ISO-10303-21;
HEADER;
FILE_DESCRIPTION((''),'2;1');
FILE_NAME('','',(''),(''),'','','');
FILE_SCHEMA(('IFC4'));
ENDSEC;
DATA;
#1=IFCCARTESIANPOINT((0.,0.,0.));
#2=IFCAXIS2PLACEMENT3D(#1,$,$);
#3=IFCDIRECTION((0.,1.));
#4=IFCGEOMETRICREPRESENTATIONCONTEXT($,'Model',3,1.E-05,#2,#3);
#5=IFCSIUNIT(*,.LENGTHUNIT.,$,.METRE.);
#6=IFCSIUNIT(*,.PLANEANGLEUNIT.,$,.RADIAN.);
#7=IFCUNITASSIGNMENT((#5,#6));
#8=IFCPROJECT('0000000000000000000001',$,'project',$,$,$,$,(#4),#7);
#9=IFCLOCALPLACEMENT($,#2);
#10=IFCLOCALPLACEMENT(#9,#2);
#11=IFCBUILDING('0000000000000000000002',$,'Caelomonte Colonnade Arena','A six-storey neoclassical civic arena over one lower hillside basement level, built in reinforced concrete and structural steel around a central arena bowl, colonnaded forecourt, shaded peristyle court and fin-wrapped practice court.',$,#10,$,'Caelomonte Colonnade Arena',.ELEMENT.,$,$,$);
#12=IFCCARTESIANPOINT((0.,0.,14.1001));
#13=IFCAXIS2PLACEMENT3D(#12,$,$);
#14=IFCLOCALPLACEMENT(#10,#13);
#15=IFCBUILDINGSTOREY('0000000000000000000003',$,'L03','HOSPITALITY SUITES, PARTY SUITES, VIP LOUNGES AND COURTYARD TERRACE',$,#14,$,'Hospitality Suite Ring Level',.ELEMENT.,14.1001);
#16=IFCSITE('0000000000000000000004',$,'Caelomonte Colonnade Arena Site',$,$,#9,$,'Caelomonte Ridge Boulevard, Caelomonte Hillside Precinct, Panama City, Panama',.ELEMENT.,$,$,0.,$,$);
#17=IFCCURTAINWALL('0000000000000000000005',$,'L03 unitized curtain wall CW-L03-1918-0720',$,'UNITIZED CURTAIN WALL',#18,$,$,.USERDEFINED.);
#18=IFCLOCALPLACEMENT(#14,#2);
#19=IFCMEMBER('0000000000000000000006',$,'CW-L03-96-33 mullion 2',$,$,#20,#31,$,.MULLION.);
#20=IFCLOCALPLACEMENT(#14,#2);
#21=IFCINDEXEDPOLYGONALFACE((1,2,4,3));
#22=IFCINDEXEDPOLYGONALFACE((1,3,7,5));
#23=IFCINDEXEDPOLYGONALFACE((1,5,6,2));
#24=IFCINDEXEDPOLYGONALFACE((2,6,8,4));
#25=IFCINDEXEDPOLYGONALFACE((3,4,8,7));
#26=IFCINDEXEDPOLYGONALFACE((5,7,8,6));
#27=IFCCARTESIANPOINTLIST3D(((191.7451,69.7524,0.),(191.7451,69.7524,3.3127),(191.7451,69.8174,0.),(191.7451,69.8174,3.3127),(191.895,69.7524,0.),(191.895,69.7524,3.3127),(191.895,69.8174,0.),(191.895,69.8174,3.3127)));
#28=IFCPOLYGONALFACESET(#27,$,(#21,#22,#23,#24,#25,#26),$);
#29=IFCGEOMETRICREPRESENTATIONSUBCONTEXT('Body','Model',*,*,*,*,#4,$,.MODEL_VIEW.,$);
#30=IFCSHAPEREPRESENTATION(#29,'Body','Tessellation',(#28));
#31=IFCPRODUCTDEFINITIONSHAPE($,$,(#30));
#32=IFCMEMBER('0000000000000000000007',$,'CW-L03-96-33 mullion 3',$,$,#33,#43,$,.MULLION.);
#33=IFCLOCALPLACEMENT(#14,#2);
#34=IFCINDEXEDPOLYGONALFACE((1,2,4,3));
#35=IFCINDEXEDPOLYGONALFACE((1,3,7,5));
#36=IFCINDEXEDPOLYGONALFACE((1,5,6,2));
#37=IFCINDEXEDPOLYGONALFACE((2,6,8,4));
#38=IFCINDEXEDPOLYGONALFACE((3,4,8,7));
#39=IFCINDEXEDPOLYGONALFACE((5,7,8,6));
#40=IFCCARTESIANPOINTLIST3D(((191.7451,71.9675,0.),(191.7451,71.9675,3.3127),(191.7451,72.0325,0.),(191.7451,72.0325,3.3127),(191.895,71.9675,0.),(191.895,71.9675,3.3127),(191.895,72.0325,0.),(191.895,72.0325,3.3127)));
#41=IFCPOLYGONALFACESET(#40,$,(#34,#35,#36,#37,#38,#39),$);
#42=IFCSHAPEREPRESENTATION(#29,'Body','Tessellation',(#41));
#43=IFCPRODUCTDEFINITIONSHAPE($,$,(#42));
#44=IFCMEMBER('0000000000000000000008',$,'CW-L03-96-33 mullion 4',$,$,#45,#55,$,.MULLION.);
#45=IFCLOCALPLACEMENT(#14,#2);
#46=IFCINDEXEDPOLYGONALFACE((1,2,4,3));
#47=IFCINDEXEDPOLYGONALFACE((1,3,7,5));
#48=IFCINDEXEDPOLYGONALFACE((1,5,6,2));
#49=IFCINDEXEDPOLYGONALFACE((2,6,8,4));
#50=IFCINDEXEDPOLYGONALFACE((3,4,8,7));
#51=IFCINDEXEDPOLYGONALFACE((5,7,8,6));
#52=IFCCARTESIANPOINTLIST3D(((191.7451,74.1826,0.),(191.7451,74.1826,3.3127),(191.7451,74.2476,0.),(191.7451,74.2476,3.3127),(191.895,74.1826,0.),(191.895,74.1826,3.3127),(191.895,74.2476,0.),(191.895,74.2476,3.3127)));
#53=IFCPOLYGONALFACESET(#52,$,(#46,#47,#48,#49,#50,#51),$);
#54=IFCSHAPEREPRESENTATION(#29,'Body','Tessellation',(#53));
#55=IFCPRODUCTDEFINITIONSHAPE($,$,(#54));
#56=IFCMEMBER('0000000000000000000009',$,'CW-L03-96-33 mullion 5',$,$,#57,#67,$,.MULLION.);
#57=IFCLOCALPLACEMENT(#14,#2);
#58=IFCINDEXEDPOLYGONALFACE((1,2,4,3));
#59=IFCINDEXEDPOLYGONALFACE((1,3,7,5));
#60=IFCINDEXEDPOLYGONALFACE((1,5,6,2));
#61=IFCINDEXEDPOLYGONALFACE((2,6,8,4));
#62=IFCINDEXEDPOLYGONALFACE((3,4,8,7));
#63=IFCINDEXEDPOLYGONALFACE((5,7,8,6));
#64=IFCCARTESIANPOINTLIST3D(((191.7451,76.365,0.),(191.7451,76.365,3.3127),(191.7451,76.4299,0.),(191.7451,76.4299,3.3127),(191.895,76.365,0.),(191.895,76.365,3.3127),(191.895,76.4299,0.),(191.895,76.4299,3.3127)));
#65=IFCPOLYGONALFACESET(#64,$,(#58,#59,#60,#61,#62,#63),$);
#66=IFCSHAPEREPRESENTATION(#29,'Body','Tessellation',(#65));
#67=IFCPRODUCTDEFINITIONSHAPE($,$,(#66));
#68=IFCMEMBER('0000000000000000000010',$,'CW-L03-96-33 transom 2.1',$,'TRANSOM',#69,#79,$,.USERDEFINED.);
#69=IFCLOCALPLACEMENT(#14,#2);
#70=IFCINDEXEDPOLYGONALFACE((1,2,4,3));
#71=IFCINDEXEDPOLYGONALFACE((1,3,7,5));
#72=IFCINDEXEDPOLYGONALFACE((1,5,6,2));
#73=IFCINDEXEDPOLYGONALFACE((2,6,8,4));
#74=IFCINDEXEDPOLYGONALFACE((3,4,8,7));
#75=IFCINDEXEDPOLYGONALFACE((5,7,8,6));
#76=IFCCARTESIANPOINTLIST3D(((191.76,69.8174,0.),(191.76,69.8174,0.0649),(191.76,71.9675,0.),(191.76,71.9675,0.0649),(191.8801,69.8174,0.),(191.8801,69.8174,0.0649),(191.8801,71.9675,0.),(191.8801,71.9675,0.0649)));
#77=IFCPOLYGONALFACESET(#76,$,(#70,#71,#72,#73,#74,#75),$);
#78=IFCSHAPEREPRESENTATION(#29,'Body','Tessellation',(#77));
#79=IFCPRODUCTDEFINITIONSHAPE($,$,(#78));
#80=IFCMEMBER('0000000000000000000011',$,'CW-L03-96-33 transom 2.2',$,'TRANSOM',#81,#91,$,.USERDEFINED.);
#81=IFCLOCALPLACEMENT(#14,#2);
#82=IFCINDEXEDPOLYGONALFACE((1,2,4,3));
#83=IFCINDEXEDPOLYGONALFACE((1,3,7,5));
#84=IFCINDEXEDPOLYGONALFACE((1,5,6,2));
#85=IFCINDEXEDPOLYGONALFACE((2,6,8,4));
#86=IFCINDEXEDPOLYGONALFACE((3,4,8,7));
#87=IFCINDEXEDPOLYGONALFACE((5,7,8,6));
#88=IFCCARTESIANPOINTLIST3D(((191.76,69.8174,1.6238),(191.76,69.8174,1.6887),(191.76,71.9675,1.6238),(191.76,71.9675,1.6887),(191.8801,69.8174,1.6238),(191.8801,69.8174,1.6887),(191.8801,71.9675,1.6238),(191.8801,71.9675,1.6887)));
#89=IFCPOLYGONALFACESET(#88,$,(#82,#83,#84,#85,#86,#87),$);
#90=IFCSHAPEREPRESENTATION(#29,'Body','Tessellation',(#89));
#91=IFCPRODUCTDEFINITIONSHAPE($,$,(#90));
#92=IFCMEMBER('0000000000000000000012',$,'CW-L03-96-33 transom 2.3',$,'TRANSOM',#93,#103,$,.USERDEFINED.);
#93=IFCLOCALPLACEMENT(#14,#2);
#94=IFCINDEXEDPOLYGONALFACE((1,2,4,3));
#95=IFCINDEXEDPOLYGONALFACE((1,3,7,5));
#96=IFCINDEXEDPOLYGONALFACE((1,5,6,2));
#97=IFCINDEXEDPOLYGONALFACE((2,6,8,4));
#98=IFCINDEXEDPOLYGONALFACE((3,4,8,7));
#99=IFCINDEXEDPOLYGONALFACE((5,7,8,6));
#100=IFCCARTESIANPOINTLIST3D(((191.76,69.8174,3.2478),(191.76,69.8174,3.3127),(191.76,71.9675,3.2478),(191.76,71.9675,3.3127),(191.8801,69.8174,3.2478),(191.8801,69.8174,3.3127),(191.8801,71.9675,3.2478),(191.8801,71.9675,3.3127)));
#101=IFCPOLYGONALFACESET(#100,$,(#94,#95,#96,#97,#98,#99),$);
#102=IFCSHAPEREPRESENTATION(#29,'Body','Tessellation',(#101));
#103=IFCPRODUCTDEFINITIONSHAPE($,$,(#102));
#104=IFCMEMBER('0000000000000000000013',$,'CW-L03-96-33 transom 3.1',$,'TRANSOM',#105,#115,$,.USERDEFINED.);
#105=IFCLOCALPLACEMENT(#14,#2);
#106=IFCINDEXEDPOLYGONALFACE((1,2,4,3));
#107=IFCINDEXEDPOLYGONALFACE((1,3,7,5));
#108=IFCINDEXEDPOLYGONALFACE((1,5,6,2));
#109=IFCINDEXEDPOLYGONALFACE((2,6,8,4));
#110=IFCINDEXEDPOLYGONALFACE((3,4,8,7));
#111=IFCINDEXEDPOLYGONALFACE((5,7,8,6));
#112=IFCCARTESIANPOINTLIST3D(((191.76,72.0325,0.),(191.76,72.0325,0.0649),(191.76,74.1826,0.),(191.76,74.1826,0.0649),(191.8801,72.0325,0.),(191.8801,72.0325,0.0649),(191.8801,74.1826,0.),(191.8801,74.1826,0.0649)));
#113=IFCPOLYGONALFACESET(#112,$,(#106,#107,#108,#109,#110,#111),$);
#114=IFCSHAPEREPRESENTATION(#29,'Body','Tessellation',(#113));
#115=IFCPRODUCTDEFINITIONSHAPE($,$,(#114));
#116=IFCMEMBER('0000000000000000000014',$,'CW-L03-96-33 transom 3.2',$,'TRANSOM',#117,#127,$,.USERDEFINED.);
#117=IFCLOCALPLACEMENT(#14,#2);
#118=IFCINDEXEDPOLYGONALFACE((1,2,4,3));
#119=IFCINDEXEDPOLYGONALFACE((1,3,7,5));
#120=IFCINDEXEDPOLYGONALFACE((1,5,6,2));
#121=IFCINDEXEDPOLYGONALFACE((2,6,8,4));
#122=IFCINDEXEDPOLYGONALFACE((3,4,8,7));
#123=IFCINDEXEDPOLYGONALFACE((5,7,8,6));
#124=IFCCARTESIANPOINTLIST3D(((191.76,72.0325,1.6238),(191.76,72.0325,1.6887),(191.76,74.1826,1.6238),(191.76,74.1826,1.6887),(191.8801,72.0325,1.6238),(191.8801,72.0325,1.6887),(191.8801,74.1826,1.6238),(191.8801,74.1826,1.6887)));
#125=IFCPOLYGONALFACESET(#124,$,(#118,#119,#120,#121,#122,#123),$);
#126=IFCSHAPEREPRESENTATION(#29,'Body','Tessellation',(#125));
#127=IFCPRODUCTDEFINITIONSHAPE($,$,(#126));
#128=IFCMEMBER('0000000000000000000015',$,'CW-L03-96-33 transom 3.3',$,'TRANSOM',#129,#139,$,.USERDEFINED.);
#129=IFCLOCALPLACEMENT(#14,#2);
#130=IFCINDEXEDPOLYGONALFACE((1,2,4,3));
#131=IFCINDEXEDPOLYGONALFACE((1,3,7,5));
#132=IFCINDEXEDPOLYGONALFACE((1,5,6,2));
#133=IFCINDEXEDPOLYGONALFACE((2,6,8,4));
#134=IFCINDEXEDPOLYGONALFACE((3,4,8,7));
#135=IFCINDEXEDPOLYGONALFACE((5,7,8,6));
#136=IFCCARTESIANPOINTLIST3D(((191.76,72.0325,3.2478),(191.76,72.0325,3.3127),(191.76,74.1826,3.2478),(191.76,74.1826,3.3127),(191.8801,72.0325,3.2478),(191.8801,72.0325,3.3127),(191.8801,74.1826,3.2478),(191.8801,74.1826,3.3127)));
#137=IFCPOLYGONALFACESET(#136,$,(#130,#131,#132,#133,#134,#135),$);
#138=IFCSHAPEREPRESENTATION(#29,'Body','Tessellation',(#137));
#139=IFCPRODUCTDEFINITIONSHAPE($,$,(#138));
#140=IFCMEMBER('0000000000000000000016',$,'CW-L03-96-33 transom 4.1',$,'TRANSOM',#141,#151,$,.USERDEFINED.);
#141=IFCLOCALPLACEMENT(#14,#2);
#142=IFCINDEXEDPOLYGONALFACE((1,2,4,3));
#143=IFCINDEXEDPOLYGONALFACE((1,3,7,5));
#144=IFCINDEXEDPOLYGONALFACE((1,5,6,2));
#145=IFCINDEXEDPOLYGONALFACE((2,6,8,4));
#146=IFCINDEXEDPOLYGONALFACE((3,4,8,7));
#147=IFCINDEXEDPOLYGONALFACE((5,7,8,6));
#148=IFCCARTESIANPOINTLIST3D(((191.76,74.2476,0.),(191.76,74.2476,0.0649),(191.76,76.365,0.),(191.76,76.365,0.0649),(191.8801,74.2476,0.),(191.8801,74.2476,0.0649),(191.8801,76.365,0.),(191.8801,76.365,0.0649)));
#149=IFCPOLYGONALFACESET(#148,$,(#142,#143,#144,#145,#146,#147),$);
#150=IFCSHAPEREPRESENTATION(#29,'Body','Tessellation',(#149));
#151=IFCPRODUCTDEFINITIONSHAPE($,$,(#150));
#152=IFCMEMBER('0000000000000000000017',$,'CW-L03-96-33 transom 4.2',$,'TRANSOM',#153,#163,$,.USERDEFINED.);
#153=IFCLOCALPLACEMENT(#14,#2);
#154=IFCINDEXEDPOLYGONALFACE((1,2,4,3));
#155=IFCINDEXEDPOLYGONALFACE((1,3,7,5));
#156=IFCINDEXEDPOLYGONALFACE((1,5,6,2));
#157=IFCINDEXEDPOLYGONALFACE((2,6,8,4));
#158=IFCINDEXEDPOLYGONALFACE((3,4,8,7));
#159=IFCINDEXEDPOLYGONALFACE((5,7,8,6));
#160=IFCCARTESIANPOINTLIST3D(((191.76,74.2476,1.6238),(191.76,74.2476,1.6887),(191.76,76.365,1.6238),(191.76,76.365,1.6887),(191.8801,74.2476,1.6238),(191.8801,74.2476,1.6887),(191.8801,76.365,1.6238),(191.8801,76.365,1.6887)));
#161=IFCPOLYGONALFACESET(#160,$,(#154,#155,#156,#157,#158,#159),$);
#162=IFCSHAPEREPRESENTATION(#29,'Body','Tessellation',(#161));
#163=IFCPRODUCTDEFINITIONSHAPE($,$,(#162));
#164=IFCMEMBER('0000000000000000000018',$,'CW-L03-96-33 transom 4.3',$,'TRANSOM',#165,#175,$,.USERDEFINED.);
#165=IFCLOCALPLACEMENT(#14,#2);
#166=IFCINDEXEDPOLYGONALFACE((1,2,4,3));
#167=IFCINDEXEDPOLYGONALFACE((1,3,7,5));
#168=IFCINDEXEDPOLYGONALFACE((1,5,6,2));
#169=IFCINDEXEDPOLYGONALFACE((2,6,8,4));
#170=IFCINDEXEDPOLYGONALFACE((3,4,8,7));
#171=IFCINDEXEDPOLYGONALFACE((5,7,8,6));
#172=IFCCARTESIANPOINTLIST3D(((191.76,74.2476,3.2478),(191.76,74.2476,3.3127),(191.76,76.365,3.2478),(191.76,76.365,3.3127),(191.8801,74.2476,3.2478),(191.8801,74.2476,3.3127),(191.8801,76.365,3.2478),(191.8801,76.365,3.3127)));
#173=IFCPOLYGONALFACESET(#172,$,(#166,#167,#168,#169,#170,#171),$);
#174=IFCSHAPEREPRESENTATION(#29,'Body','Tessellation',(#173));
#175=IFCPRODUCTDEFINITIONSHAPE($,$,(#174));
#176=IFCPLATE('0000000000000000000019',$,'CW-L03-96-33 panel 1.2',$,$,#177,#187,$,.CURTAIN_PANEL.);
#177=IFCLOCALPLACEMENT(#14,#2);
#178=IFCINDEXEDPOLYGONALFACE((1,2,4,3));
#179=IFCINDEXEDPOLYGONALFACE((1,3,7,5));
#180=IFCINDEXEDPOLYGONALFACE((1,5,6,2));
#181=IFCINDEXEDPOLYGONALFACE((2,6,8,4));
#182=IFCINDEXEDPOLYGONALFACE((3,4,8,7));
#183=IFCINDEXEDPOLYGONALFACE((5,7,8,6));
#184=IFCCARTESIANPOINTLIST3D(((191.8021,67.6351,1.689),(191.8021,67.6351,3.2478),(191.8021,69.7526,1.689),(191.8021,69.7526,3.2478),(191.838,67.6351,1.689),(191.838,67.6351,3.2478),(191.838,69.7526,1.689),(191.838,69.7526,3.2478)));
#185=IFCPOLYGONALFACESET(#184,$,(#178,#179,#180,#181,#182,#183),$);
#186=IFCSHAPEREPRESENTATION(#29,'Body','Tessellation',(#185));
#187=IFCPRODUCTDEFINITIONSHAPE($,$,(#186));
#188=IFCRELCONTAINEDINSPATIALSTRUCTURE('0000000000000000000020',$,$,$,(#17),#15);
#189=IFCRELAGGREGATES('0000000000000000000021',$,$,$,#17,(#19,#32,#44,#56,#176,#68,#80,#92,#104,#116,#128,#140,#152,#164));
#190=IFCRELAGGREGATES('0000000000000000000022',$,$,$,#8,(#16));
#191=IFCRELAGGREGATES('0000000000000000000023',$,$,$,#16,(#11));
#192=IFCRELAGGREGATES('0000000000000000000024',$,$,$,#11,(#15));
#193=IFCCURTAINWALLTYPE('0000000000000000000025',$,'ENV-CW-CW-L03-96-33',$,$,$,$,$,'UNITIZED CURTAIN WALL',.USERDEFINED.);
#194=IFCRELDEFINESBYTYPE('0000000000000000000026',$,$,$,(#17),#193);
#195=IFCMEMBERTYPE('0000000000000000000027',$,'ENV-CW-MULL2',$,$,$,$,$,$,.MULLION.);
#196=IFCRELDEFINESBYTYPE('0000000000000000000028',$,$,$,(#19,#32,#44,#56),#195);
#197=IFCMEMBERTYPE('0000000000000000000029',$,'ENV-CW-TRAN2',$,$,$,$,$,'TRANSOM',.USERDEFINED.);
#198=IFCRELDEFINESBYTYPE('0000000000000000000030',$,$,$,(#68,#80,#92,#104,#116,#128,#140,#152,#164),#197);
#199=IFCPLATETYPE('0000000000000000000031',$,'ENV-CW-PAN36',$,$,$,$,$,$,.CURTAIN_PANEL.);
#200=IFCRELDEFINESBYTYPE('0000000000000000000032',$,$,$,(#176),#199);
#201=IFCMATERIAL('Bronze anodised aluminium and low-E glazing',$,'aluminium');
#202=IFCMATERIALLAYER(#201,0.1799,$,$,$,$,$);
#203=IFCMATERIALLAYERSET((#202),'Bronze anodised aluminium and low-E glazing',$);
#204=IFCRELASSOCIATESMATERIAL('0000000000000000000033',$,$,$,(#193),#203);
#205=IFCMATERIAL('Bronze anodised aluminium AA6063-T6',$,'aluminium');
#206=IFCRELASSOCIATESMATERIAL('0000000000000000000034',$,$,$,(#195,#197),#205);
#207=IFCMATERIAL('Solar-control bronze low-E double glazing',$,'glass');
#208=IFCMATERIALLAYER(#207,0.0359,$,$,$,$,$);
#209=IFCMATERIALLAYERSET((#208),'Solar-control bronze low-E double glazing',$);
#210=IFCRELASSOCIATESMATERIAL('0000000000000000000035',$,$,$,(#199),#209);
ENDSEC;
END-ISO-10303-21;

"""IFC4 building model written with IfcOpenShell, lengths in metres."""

from ifc_helpers import new_model, si_unit, direction, frame, origin, origin_2d, place, context, subcontext, project, spatial, rectangle, extrude, material, layer, layer_set, material_profile, profile_set, type_object, element, aggregate, save


model = new_model("IFC4")

# Units and contexts
model_context = context("Model", 3, precision=1e-05, world=origin(), true_north=direction((0.0, 1.0)))
body_context = subcontext(model_context, "Body", "Model", "MODEL_VIEW")
ifc_project = project(units=[si_unit("LENGTHUNIT", "METRE"), si_unit("PLANEANGLEUNIT", "RADIAN")], contexts=[model_context])

# Site, building, storey
site_placement = place(None, origin())
site = spatial("IfcSite", under=ifc_project, at=site_placement, Name="Caelomonte Colonnade Arena Site", LongName="Caelomonte Ridge Boulevard, Caelomonte Hillside Precinct, Panama City, Panama", CompositionType="ELEMENT", RefElevation=0.0)
building_placement = place(site_placement, origin())
building = spatial("IfcBuilding", under=site, at=building_placement, Name="Caelomonte Colonnade Arena", Description="A six-storey neoclassical civic arena over one lower hillside basement level, built in reinforced concrete and structural steel around a central arena bowl, colonnaded forecourt, shaded peristyle court and fin-wrapped practice court.", LongName="Caelomonte Colonnade Arena", CompositionType="ELEMENT")
storey_placement = place(building_placement, frame((0.0, 0.0, 14.1001)))
storey = spatial("IfcBuildingStorey", under=building, at=storey_placement, Name="L03", Description="HOSPITALITY SUITES, PARTY SUITES, VIP LOUNGES AND COURTYARD TERRACE", LongName="Hospitality Suite Ring Level", CompositionType="ELEMENT", Elevation=14.1001)

# Curtain wall, members, plate
ifc_material_1 = material(Name="Bronze anodised aluminium and low-E glazing", Category="aluminium")
ifc_layer_1 = layer(ifc_material_1, 0.1799)
ifc_layer_set_1 = layer_set([ifc_layer_1], Name="Bronze anodised aluminium and low-E glazing")
curtain_wall_type = type_object("IfcCurtainWallType", Name="ENV-CW-CW-L03-96-33", ElementType="UNITIZED CURTAIN WALL", PredefinedType="USERDEFINED", material=ifc_layer_set_1)
curtain_wall_placement = place(storey_placement, origin())
curtain_wall = element("IfcCurtainWall", 1, at=curtain_wall_placement, inside=storey, type_object=curtain_wall_type, Name="L03 unitized curtain wall CW-L03-1918-0720", ObjectType="UNITIZED CURTAIN WALL", PredefinedType="USERDEFINED")
ifc_material_2 = material(Name="Bronze anodised aluminium AA6063-T6", Category="aluminium")
ifc_material_profile_1 = material_profile(ifc_material_2, rectangle(XDim=0.0649, YDim=0.1499, at=origin_2d()), Name="CWM-65X150")
ifc_profile_set_1 = profile_set([ifc_material_profile_1], Name="Bronze anodised aluminium AA6063-T6")
member_type_1 = type_object("IfcMemberType", Name="ENV-CW-MULL2", PredefinedType="MULLION", material=ifc_profile_set_1)
member_1_placement = place(storey_placement, frame((191.8201, 69.7849, 0.0), z_axis=(0.0, 0.0, 1.0), x_axis=(0.0, 1.0, 0.0)))
member_1 = element("IfcMember", 2, at=member_1_placement, type_object=member_type_1, Name="CW-L03-96-33 mullion 2", PredefinedType="MULLION", context=body_context, shape_type="SweptSolid", body=[
    extrude(rectangle(XDim=0.0649, YDim=0.1499, at=origin_2d()), origin(), (0.0, 0.0, 1.0), 3.3127),
])
member_2_placement = place(storey_placement, frame((191.8201, 72.0, 0.0), z_axis=(0.0, 0.0, 1.0), x_axis=(0.0, 1.0, 0.0)))
member_2 = element("IfcMember", 3, at=member_2_placement, type_object=member_type_1, Name="CW-L03-96-33 mullion 3", PredefinedType="MULLION", context=body_context, shape_type="SweptSolid", body=[
    extrude(rectangle(XDim=0.0649, YDim=0.1499, at=origin_2d()), origin(), (0.0, 0.0, 1.0), 3.3127),
])
member_3_placement = place(storey_placement, frame((191.8201, 74.2151, 0.0), z_axis=(0.0, 0.0, 1.0), x_axis=(0.0, 1.0, 0.0)))
member_3 = element("IfcMember", 4, at=member_3_placement, type_object=member_type_1, Name="CW-L03-96-33 mullion 4", PredefinedType="MULLION", context=body_context, shape_type="SweptSolid", body=[
    extrude(rectangle(XDim=0.0649, YDim=0.1499, at=origin_2d()), origin(), (0.0, 0.0, 1.0), 3.3127),
])
member_4_placement = place(storey_placement, frame((191.8201, 76.3975, 0.0), z_axis=(0.0, 0.0, 1.0), x_axis=(0.0, 1.0, 0.0)))
member_4 = element("IfcMember", 5, at=member_4_placement, type_object=member_type_1, Name="CW-L03-96-33 mullion 5", PredefinedType="MULLION", context=body_context, shape_type="SweptSolid", body=[
    extrude(rectangle(XDim=0.0649, YDim=0.1499, at=origin_2d()), origin(), (0.0, 0.0, 1.0), 3.3127),
])
ifc_material_profile_2 = material_profile(ifc_material_2, rectangle(XDim=0.0649, YDim=0.1201, at=origin_2d()), Name="CWT-65X120")
ifc_profile_set_2 = profile_set([ifc_material_profile_2], Name="Bronze anodised aluminium AA6063-T6")
member_type_2 = type_object("IfcMemberType", Name="ENV-CW-TRAN2", ElementType="TRANSOM", PredefinedType="USERDEFINED", material=ifc_profile_set_2)
member_5_placement = place(storey_placement, frame((191.8201, 69.8174, 0.0325), z_axis=(0.0, 1.0, 0.0), x_axis=(0.0, 0.0, 1.0)))
member_5 = element("IfcMember", 6, at=member_5_placement, type_object=member_type_2, Name="CW-L03-96-33 transom 2.1", ObjectType="TRANSOM", PredefinedType="USERDEFINED", context=body_context, shape_type="SweptSolid", body=[
    extrude(rectangle(XDim=0.0649, YDim=0.1201, at=origin_2d()), origin(), (0.0, 0.0, 1.0), 2.1501),
])
member_6_placement = place(storey_placement, frame((191.8201, 69.8174, 1.6562), z_axis=(0.0, 1.0, 0.0), x_axis=(0.0, 0.0, 1.0)))
member_6 = element("IfcMember", 7, at=member_6_placement, type_object=member_type_2, Name="CW-L03-96-33 transom 2.2", ObjectType="TRANSOM", PredefinedType="USERDEFINED", context=body_context, shape_type="SweptSolid", body=[
    extrude(rectangle(XDim=0.0649, YDim=0.1201, at=origin_2d()), origin(), (0.0, 0.0, 1.0), 2.1501),
])
member_7_placement = place(storey_placement, frame((191.8201, 69.8174, 3.2803), z_axis=(0.0, 1.0, 0.0), x_axis=(0.0, 0.0, 1.0)))
member_7 = element("IfcMember", 8, at=member_7_placement, type_object=member_type_2, Name="CW-L03-96-33 transom 2.3", ObjectType="TRANSOM", PredefinedType="USERDEFINED", context=body_context, shape_type="SweptSolid", body=[
    extrude(rectangle(XDim=0.0649, YDim=0.1201, at=origin_2d()), origin(), (0.0, 0.0, 1.0), 2.1501),
])
member_8_placement = place(storey_placement, frame((191.8201, 72.0325, 0.0325), z_axis=(0.0, 1.0, 0.0), x_axis=(0.0, 0.0, 1.0)))
member_8 = element("IfcMember", 9, at=member_8_placement, type_object=member_type_2, Name="CW-L03-96-33 transom 3.1", ObjectType="TRANSOM", PredefinedType="USERDEFINED", context=body_context, shape_type="SweptSolid", body=[
    extrude(rectangle(XDim=0.0649, YDim=0.1201, at=origin_2d()), origin(), (0.0, 0.0, 1.0), 2.1501),
])
member_9_placement = place(storey_placement, frame((191.8201, 72.0325, 1.6562), z_axis=(0.0, 1.0, 0.0), x_axis=(0.0, 0.0, 1.0)))
member_9 = element("IfcMember", 10, at=member_9_placement, type_object=member_type_2, Name="CW-L03-96-33 transom 3.2", ObjectType="TRANSOM", PredefinedType="USERDEFINED", context=body_context, shape_type="SweptSolid", body=[
    extrude(rectangle(XDim=0.0649, YDim=0.1201, at=origin_2d()), origin(), (0.0, 0.0, 1.0), 2.1501),
])
member_10_placement = place(storey_placement, frame((191.8201, 72.0325, 3.2803), z_axis=(0.0, 1.0, 0.0), x_axis=(0.0, 0.0, 1.0)))
member_10 = element("IfcMember", 11, at=member_10_placement, type_object=member_type_2, Name="CW-L03-96-33 transom 3.3", ObjectType="TRANSOM", PredefinedType="USERDEFINED", context=body_context, shape_type="SweptSolid", body=[
    extrude(rectangle(XDim=0.0649, YDim=0.1201, at=origin_2d()), origin(), (0.0, 0.0, 1.0), 2.1501),
])
member_11_placement = place(storey_placement, frame((191.8201, 74.2476, 0.0325), z_axis=(0.0, 1.0, 0.0), x_axis=(0.0, 0.0, 1.0)))
member_11 = element("IfcMember", 12, at=member_11_placement, type_object=member_type_2, Name="CW-L03-96-33 transom 4.1", ObjectType="TRANSOM", PredefinedType="USERDEFINED", context=body_context, shape_type="SweptSolid", body=[
    extrude(rectangle(XDim=0.0649, YDim=0.1201, at=origin_2d()), origin(), (0.0, 0.0, 1.0), 2.1174),
])
member_12_placement = place(storey_placement, frame((191.8201, 74.2476, 1.6562), z_axis=(0.0, 1.0, 0.0), x_axis=(0.0, 0.0, 1.0)))
member_12 = element("IfcMember", 13, at=member_12_placement, type_object=member_type_2, Name="CW-L03-96-33 transom 4.2", ObjectType="TRANSOM", PredefinedType="USERDEFINED", context=body_context, shape_type="SweptSolid", body=[
    extrude(rectangle(XDim=0.0649, YDim=0.1201, at=origin_2d()), origin(), (0.0, 0.0, 1.0), 2.1174),
])
member_13_placement = place(storey_placement, frame((191.8201, 74.2476, 3.2803), z_axis=(0.0, 1.0, 0.0), x_axis=(0.0, 0.0, 1.0)))
member_13 = element("IfcMember", 14, at=member_13_placement, type_object=member_type_2, Name="CW-L03-96-33 transom 4.3", ObjectType="TRANSOM", PredefinedType="USERDEFINED", context=body_context, shape_type="SweptSolid", body=[
    extrude(rectangle(XDim=0.0649, YDim=0.1201, at=origin_2d()), origin(), (0.0, 0.0, 1.0), 2.1174),
])
ifc_material_3 = material(Name="Solar-control bronze low-E double glazing", Category="glass")
ifc_layer_2 = layer(ifc_material_3, 0.0359)
ifc_layer_set_2 = layer_set([ifc_layer_2], Name="Solar-control bronze low-E double glazing")
plate_type = type_object("IfcPlateType", Name="ENV-CW-PAN36", PredefinedType="CURTAIN_PANEL", material=ifc_layer_set_2)
plate_1_placement = place(storey_placement, frame((191.8201, 68.6938, 1.689), z_axis=(0.0, 0.0, 1.0), x_axis=(0.0, 1.0, 0.0)))
plate_1 = element("IfcPlate", 15, at=plate_1_placement, type_object=plate_type, Name="CW-L03-96-33 panel 1.2", PredefinedType="CURTAIN_PANEL", context=body_context, shape_type="SweptSolid", body=[
    extrude(rectangle(XDim=2.1174, YDim=0.0359, at=origin_2d()), origin(), (0.0, 0.0, 1.0), 1.5588),
])
aggregate(curtain_wall, [member_1, member_2, member_3, member_4, plate_1, member_5, member_6, member_7, member_8, member_9, member_10, member_11, member_12, member_13])

save(model, "model.ifc")
